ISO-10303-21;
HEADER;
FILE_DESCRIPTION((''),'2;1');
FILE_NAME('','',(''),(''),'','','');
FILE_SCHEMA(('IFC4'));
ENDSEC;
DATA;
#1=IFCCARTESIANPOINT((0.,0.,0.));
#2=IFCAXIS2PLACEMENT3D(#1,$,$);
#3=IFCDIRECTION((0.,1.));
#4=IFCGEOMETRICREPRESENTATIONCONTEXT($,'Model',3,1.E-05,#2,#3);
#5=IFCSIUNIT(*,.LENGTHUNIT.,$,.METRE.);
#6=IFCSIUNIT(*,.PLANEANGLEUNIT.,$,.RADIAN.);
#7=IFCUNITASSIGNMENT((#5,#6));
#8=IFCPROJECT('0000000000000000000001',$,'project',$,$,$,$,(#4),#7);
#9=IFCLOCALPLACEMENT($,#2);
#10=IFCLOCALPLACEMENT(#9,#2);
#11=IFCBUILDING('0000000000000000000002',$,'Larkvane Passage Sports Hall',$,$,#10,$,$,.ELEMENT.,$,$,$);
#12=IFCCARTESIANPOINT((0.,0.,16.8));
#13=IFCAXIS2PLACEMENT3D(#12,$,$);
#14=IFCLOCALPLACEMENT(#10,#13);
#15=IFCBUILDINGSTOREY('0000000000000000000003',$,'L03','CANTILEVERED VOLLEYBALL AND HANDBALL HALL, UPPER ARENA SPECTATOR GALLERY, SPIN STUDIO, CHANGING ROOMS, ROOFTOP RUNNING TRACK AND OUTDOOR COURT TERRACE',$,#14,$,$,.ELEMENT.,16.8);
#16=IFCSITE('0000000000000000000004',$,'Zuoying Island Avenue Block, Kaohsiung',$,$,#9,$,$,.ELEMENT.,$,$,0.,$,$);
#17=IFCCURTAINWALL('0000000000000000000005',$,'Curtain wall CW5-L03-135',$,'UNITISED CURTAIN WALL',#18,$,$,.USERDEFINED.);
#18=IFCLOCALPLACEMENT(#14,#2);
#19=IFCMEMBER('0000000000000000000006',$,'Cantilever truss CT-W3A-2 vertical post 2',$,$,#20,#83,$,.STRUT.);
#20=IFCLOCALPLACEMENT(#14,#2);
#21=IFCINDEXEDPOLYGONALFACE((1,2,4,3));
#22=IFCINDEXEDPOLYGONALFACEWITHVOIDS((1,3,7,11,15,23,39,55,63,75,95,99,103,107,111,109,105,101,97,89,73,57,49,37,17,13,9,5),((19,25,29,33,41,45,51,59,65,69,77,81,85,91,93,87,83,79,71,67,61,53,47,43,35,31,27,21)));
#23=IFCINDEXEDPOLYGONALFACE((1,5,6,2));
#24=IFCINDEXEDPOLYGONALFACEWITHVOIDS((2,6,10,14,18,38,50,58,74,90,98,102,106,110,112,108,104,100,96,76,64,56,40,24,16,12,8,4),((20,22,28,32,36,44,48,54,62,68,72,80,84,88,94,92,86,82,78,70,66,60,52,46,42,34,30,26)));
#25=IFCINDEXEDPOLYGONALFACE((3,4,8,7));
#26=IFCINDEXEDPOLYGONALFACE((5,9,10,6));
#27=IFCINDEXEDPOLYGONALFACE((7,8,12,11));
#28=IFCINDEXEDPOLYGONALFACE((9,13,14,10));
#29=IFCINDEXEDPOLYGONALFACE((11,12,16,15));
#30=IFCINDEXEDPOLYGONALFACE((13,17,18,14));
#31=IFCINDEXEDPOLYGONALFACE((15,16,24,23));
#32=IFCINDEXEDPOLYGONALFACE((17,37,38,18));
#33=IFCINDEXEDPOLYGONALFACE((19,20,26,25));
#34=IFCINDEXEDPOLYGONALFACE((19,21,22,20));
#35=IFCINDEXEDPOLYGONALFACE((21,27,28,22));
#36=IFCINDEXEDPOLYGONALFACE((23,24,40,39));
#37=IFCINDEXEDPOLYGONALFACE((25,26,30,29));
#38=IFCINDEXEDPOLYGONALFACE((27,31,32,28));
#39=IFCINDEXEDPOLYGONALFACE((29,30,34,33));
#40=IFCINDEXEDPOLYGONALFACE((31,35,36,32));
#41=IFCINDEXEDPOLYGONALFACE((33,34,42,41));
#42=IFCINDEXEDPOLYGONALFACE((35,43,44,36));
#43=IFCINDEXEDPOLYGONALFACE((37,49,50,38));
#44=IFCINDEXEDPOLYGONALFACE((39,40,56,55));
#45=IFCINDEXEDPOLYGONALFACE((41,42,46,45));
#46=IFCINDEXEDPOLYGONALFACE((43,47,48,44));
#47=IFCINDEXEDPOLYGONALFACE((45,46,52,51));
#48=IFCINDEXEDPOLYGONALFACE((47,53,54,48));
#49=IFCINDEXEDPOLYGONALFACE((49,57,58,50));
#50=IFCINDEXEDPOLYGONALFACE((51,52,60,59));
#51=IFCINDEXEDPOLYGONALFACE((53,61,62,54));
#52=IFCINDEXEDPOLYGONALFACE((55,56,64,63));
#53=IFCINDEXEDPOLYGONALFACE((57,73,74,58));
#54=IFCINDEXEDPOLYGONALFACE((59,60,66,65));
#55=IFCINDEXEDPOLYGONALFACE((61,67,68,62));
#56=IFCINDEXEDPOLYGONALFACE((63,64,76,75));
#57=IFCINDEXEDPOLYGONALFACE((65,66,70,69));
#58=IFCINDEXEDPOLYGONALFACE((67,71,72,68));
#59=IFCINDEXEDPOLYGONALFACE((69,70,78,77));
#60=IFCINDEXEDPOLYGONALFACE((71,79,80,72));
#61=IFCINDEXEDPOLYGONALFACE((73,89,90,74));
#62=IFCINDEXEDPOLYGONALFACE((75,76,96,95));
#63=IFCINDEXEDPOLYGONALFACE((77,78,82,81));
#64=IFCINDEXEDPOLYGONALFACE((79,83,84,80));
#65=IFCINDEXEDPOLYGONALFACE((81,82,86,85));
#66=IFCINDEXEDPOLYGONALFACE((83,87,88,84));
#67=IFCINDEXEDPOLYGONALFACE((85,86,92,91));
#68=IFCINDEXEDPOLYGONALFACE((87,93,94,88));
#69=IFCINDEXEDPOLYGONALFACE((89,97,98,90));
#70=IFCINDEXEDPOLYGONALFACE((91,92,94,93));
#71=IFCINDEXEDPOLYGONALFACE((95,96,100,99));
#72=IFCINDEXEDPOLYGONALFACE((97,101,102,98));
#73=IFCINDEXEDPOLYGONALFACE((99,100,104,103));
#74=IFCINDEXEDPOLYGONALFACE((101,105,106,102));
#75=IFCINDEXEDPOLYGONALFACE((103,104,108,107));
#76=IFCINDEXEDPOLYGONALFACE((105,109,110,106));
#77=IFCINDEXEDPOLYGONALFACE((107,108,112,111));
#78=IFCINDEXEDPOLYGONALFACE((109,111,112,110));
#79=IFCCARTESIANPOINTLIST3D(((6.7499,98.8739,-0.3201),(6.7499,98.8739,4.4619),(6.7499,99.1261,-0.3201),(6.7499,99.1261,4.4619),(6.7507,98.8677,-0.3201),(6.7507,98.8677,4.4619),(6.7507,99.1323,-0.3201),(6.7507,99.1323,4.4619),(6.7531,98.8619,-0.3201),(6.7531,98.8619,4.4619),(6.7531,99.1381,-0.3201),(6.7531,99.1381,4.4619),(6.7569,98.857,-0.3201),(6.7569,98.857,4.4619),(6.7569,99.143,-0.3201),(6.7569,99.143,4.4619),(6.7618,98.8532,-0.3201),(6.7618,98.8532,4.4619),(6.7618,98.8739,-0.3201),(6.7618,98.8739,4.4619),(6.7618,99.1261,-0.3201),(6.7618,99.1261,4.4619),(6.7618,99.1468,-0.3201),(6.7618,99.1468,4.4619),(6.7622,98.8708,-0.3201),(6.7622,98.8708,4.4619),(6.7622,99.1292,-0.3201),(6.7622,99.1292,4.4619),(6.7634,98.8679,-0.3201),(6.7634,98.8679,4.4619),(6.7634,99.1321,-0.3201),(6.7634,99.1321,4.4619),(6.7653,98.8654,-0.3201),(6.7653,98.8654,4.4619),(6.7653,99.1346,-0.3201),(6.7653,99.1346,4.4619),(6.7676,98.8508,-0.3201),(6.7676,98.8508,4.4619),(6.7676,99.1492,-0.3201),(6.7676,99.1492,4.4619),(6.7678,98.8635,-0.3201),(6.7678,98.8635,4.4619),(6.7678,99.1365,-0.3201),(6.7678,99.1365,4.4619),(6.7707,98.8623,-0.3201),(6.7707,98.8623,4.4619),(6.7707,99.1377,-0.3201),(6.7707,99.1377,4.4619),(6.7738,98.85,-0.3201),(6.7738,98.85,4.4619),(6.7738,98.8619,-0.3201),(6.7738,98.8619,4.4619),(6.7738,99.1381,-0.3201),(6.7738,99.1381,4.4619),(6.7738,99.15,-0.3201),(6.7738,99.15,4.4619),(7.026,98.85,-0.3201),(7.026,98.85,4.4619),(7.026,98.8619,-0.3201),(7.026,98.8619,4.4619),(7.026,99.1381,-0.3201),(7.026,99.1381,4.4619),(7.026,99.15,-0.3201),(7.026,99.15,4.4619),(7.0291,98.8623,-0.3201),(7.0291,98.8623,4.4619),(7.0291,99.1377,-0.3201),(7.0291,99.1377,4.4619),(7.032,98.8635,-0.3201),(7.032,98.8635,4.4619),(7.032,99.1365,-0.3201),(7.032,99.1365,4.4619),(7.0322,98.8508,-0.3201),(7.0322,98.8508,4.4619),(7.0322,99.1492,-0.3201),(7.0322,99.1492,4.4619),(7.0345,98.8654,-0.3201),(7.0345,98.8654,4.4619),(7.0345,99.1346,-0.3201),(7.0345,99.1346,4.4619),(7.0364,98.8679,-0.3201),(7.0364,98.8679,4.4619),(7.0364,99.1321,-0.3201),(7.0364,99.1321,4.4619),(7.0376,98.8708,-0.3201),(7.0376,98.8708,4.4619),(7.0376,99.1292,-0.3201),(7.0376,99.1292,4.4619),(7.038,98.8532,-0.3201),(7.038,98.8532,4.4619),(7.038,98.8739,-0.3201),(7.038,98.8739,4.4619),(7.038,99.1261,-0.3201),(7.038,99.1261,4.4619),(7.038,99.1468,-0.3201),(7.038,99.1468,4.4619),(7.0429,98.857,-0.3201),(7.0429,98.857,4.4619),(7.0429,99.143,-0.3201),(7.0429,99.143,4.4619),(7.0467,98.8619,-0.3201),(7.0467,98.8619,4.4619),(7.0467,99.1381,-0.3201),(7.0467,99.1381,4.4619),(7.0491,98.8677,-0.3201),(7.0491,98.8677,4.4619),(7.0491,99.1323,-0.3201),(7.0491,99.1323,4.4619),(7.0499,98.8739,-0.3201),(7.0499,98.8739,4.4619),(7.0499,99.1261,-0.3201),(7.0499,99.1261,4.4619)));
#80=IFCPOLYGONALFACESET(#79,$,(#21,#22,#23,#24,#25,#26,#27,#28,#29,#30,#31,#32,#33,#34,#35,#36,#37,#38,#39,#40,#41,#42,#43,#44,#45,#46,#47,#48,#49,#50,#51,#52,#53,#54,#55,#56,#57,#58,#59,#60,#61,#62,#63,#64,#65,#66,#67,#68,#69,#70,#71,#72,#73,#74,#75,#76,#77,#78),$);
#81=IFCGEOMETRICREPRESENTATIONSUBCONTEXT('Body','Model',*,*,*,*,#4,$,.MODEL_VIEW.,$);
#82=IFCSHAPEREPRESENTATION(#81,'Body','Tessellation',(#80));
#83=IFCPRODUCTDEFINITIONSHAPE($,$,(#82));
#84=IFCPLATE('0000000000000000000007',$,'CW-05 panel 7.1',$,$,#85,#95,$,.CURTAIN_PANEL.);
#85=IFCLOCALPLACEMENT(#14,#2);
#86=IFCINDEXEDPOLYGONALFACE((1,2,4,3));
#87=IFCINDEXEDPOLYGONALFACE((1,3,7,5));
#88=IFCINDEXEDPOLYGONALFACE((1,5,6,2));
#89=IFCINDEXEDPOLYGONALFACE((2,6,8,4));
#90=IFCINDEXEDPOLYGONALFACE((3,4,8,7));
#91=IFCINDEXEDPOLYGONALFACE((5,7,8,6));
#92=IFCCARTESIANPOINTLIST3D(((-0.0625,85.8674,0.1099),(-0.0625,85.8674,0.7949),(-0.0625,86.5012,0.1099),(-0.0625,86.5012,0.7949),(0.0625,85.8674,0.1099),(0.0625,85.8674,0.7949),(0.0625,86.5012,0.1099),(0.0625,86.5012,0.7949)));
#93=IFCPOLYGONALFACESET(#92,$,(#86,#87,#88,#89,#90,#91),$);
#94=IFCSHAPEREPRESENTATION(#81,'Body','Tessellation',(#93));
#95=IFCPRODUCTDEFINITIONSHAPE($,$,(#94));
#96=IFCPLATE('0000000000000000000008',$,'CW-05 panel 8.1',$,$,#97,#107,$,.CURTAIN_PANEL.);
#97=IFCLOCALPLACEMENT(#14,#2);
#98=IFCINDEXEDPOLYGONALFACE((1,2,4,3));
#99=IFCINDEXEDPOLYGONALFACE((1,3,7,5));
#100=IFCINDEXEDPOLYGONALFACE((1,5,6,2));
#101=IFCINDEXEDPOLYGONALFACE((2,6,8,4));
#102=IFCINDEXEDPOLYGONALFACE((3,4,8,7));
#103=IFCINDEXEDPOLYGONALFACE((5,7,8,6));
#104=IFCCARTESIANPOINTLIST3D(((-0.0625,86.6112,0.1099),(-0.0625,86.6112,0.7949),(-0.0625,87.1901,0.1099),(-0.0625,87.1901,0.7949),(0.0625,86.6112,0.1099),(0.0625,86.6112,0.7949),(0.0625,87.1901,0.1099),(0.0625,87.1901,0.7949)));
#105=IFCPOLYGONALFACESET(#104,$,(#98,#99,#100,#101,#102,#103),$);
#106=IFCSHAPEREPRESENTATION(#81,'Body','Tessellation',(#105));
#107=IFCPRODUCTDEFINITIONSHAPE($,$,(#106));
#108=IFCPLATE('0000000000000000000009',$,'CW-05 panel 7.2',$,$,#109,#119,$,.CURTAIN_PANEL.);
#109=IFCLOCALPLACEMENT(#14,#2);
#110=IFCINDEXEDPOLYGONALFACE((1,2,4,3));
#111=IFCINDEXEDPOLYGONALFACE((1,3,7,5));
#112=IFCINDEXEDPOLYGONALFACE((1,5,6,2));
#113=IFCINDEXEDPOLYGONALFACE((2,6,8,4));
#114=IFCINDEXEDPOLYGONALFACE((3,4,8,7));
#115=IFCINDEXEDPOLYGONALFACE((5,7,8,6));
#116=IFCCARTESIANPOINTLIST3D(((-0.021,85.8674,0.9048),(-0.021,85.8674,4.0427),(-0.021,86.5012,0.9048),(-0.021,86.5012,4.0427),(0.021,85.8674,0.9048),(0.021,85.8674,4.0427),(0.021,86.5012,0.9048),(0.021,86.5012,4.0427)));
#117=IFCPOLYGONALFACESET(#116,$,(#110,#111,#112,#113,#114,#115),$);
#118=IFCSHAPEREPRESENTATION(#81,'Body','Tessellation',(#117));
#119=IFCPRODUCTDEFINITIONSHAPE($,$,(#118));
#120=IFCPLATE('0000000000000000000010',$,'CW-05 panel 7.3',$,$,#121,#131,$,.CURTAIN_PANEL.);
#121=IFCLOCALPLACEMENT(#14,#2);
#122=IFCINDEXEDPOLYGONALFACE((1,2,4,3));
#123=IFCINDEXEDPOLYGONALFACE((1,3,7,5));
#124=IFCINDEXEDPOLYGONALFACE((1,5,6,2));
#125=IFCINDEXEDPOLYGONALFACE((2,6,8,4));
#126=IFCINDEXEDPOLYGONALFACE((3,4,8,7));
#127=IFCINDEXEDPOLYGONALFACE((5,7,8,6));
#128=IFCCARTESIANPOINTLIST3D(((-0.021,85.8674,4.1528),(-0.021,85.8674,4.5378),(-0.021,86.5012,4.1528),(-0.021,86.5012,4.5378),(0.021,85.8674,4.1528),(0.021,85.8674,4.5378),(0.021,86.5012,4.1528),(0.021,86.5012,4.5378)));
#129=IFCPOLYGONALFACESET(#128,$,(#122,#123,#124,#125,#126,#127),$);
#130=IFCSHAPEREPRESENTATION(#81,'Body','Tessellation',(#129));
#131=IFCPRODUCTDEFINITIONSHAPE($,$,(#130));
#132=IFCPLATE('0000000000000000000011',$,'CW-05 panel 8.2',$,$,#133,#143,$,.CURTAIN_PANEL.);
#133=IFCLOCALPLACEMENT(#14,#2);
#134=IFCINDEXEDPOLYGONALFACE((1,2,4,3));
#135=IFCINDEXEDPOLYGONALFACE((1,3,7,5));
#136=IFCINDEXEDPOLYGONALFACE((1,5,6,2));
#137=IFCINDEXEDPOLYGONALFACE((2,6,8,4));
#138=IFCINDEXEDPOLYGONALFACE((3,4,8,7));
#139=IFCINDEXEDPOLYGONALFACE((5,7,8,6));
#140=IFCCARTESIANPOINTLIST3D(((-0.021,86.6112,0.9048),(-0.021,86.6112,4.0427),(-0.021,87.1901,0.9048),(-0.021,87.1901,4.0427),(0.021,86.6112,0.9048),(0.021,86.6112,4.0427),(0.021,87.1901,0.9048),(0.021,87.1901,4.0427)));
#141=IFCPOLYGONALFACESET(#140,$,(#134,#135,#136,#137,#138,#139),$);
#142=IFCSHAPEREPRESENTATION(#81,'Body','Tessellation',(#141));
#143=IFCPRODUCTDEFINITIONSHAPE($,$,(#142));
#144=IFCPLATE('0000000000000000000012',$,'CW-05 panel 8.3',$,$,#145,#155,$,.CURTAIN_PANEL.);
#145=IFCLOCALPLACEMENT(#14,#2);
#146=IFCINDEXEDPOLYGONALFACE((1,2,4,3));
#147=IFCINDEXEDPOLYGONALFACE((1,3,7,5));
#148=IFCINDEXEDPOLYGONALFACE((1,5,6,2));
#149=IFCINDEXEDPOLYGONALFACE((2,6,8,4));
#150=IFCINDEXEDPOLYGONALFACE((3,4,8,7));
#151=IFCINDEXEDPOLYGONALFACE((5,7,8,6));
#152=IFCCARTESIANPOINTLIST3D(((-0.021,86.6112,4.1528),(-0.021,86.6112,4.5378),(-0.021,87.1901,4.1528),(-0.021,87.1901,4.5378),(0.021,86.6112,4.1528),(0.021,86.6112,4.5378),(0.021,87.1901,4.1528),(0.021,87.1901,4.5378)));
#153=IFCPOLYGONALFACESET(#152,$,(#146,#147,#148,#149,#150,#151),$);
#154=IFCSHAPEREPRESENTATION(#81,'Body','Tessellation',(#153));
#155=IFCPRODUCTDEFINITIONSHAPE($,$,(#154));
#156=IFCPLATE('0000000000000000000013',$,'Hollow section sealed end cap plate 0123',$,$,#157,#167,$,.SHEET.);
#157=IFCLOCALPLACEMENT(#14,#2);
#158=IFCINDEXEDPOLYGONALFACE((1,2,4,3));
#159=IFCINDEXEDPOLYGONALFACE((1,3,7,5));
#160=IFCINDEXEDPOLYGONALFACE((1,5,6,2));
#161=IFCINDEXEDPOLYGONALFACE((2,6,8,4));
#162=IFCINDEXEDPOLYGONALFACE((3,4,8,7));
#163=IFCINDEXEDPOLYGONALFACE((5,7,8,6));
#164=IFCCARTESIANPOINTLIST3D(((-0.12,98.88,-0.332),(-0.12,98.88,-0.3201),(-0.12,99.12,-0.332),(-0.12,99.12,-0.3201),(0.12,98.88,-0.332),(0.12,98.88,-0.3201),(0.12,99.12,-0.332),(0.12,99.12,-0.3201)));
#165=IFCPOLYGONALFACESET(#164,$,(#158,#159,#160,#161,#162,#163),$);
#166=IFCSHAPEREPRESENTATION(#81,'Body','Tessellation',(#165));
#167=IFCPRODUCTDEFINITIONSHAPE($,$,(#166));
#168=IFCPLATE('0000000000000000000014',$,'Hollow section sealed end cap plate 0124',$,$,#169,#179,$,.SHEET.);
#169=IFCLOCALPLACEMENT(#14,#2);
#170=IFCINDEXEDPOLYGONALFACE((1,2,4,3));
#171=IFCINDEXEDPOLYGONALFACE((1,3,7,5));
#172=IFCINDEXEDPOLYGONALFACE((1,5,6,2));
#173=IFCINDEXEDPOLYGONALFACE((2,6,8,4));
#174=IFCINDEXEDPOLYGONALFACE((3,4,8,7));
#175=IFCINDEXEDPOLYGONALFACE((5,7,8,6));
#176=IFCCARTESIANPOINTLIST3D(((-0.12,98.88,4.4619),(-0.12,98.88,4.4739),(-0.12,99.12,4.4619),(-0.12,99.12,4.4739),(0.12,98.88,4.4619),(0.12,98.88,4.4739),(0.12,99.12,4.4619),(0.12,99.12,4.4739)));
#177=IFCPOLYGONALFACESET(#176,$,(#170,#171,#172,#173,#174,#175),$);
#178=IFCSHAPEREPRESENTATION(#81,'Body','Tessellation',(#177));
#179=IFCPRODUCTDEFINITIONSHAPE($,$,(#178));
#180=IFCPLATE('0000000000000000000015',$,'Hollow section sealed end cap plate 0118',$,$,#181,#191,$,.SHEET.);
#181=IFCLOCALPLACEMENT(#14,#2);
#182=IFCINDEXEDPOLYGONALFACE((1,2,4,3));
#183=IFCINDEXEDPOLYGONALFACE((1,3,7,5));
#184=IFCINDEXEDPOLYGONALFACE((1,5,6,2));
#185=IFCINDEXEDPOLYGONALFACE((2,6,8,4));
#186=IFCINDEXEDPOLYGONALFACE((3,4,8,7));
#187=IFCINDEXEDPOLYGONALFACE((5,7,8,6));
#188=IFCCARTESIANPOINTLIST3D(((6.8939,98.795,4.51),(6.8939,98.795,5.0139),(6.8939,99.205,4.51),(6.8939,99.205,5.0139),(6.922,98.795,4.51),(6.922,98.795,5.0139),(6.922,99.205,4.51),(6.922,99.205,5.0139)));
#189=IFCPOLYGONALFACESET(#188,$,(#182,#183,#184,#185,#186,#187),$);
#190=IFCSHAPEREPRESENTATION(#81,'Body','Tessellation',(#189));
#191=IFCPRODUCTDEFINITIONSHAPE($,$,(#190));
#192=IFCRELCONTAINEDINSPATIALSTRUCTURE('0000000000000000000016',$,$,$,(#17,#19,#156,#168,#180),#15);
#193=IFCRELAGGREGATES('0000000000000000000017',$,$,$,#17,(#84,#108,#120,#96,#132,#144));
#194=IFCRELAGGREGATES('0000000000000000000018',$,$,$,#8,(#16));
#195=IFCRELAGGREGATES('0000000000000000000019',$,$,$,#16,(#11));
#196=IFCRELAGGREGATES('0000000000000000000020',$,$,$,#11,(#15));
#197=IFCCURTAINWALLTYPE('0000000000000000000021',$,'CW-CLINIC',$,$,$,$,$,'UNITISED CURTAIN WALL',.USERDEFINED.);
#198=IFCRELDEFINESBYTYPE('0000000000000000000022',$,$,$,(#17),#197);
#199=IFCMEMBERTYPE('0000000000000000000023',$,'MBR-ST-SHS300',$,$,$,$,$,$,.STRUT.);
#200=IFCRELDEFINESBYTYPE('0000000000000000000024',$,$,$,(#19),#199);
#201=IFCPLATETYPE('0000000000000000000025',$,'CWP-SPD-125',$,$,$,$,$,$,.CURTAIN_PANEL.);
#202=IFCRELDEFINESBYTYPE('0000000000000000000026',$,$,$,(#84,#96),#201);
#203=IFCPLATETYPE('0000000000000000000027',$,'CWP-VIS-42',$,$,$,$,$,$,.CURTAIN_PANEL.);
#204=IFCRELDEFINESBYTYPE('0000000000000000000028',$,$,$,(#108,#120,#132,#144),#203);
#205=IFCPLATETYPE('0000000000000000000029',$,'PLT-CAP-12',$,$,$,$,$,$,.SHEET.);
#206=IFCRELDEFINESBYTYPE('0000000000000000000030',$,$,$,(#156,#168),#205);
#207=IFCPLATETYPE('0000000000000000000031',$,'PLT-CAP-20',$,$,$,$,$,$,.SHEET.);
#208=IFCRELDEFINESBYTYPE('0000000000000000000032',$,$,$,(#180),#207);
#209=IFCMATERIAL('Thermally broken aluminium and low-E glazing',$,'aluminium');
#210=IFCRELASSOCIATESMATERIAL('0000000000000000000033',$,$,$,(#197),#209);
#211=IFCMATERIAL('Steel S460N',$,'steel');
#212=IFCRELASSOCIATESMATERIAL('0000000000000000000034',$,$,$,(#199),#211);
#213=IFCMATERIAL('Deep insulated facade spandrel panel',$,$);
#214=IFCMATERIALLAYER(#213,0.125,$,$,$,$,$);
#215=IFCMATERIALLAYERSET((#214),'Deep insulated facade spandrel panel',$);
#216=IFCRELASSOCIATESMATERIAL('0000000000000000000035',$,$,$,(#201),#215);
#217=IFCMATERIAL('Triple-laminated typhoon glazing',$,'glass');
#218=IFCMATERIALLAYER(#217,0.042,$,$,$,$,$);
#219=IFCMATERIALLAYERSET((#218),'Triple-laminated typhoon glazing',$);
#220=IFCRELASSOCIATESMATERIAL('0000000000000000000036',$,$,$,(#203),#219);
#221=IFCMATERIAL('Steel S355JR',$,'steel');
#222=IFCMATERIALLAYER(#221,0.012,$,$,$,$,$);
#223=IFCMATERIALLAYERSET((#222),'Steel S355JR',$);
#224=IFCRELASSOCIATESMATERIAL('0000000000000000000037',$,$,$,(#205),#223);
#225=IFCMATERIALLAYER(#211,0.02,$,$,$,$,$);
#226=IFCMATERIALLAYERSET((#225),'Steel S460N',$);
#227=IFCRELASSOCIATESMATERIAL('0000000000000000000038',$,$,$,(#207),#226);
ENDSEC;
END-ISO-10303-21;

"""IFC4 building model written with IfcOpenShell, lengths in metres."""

from ifc_helpers import new_model, si_unit, direction, frame, origin, origin_2d, place, context, subcontext, project, spatial, rectangle, hollow_rectangle, extrude, material, layer, layer_set, material_profile, profile_set, type_object, element, aggregate, save


model = new_model("IFC4")

# Units and contexts
model_context = context("Model", 3, precision=1e-05, world=origin(), true_north=direction((0.0, 1.0)))
body_context = subcontext(model_context, "Body", "Model", "MODEL_VIEW")
ifc_project = project(units=[si_unit("LENGTHUNIT", "METRE"), si_unit("PLANEANGLEUNIT", "RADIAN")], contexts=[model_context])

# Site, building, storey
site_placement = place(None, origin())
site = spatial("IfcSite", under=ifc_project, at=site_placement, Name="Zuoying Island Avenue Block, Kaohsiung", CompositionType="ELEMENT", RefElevation=0.0)
building_placement = place(site_placement, origin())
building = spatial("IfcBuilding", under=site, at=building_placement, Name="Larkvane Passage Sports Hall", CompositionType="ELEMENT")
storey_placement = place(building_placement, frame((0.0, 0.0, 16.8)))
storey = spatial("IfcBuildingStorey", under=building, at=storey_placement, Name="L03", Description="CANTILEVERED VOLLEYBALL AND HANDBALL HALL, UPPER ARENA SPECTATOR GALLERY, SPIN STUDIO, CHANGING ROOMS, ROOFTOP RUNNING TRACK AND OUTDOOR COURT TERRACE", CompositionType="ELEMENT", Elevation=16.8)

# Shared definitions
ifc_material_1 = material(Name="Steel S460N", Category="steel")

# Curtain wall
ifc_material_2 = material(Name="Thermally broken aluminium and low-E glazing", Category="aluminium")
curtain_wall_type = type_object("IfcCurtainWallType", Name="CW-CLINIC", ElementType="UNITISED CURTAIN WALL", PredefinedType="USERDEFINED", material=ifc_material_2)
curtain_wall_placement = place(storey_placement, origin())
curtain_wall = element("IfcCurtainWall", 1, at=curtain_wall_placement, inside=storey, type_object=curtain_wall_type, Name="Curtain wall CW5-L03-135", ObjectType="UNITISED CURTAIN WALL", PredefinedType="USERDEFINED")

# Shared definitions
ifc_material_3 = material(Name="Steel S355JR", Category="steel")

# Member
ifc_material_profile_1 = material_profile(ifc_material_1, hollow_rectangle(XDim=0.3, YDim=0.3, WallThickness=0.012, InnerFilletRadius=0.012, OuterFilletRadius=0.0239, at=origin_2d()), Name="SHS-300x300x12")
ifc_profile_set_1 = profile_set([ifc_material_profile_1], Name="Steel S460N")
member_type_1 = type_object("IfcMemberType", Name="MBR-ST-SHS300", PredefinedType="STRUT", material=ifc_profile_set_1)
member_1_placement = place(storey_placement, frame((6.8999, 99.0, -0.3201), z_axis=(0.0, 0.0, 1.0), x_axis=(1.0, 0.0, 0.0)))
element("IfcMember", 2, at=member_1_placement, inside=storey, type_object=member_type_1, Name="Cantilever truss CT-W3A-2 vertical post 2", PredefinedType="STRUT", context=body_context, shape_type="SweptSolid", body=[
    extrude(hollow_rectangle(XDim=0.3, YDim=0.3, WallThickness=0.012, InnerFilletRadius=0.012, OuterFilletRadius=0.0239, at=origin_2d()), origin(), (0.0, 0.0, 1.0), 4.782),
])

# Plates
ifc_material_4 = material(Name="Deep insulated facade spandrel panel")
ifc_layer_1 = layer(ifc_material_4, 0.125)
ifc_layer_set_1 = layer_set([ifc_layer_1], Name="Deep insulated facade spandrel panel")
plate_type_1 = type_object("IfcPlateType", Name="CWP-SPD-125", PredefinedType="CURTAIN_PANEL", material=ifc_layer_set_1)
plate_1_placement = place(storey_placement, frame((0.0, 86.1843, 0.1099), z_axis=(0.0, 0.0, 1.0), x_axis=(0.0, 1.0, 0.0)))
plate_1 = element("IfcPlate", 3, at=plate_1_placement, type_object=plate_type_1, Name="CW-05 panel 7.1", PredefinedType="CURTAIN_PANEL", context=body_context, shape_type="SweptSolid", body=[
    extrude(rectangle(XDim=0.6338, YDim=0.125, at=origin_2d()), origin(), (0.0, 0.0, 1.0), 0.6851),
])
plate_2_placement = place(storey_placement, frame((0.0, 86.9006, 0.1099), z_axis=(0.0, 0.0, 1.0), x_axis=(0.0, 1.0, 0.0)))
plate_2 = element("IfcPlate", 4, at=plate_2_placement, type_object=plate_type_1, Name="CW-05 panel 8.1", PredefinedType="CURTAIN_PANEL", context=body_context, shape_type="SweptSolid", body=[
    extrude(rectangle(XDim=0.5789, YDim=0.125, at=origin_2d()), origin(), (0.0, 0.0, 1.0), 0.6851),
])
ifc_material_5 = material(Name="Triple-laminated typhoon glazing", Category="glass")
ifc_layer_2 = layer(ifc_material_5, 0.042)
ifc_layer_set_2 = layer_set([ifc_layer_2], Name="Triple-laminated typhoon glazing")
plate_type_2 = type_object("IfcPlateType", Name="CWP-VIS-42", PredefinedType="CURTAIN_PANEL", material=ifc_layer_set_2)
plate_3_placement = place(storey_placement, frame((0.0, 86.1843, 0.9048), z_axis=(0.0, 0.0, 1.0), x_axis=(0.0, 1.0, 0.0)))
plate_3 = element("IfcPlate", 5, at=plate_3_placement, type_object=plate_type_2, Name="CW-05 panel 7.2", PredefinedType="CURTAIN_PANEL", context=body_context, shape_type="SweptSolid", body=[
    extrude(rectangle(XDim=0.6338, YDim=0.042, at=origin_2d()), origin(), (0.0, 0.0, 1.0), 3.1379),
])
plate_4_placement = place(storey_placement, frame((0.0, 86.1843, 4.1528), z_axis=(0.0, 0.0, 1.0), x_axis=(0.0, 1.0, 0.0)))
plate_4 = element("IfcPlate", 6, at=plate_4_placement, type_object=plate_type_2, Name="CW-05 panel 7.3", PredefinedType="CURTAIN_PANEL", context=body_context, shape_type="SweptSolid", body=[
    extrude(rectangle(XDim=0.6338, YDim=0.042, at=origin_2d()), origin(), (0.0, 0.0, 1.0), 0.385),
])
plate_5_placement = place(storey_placement, frame((0.0, 86.9006, 0.9048), z_axis=(0.0, 0.0, 1.0), x_axis=(0.0, 1.0, 0.0)))
plate_5 = element("IfcPlate", 7, at=plate_5_placement, type_object=plate_type_2, Name="CW-05 panel 8.2", PredefinedType="CURTAIN_PANEL", context=body_context, shape_type="SweptSolid", body=[
    extrude(rectangle(XDim=0.5789, YDim=0.042, at=origin_2d()), origin(), (0.0, 0.0, 1.0), 3.1379),
])
plate_6_placement = place(storey_placement, frame((0.0, 86.9006, 4.1528), z_axis=(0.0, 0.0, 1.0), x_axis=(0.0, 1.0, 0.0)))
plate_6 = element("IfcPlate", 8, at=plate_6_placement, type_object=plate_type_2, Name="CW-05 panel 8.3", PredefinedType="CURTAIN_PANEL", context=body_context, shape_type="SweptSolid", body=[
    extrude(rectangle(XDim=0.5789, YDim=0.042, at=origin_2d()), origin(), (0.0, 0.0, 1.0), 0.385),
])
aggregate(curtain_wall, [plate_1, plate_3, plate_4, plate_2, plate_5, plate_6])

# Plates
ifc_layer_3 = layer(ifc_material_3, 0.012)
ifc_layer_set_3 = layer_set([ifc_layer_3], Name="Steel S355JR")
plate_type_3 = type_object("IfcPlateType", Name="PLT-CAP-12", PredefinedType="SHEET", material=ifc_layer_set_3)
for number, where, z_axis, x_axis, name in (
    (9, (0.0, 99.0, -0.332), (0.0, 0.0, 1.0), (1.0, 0.0, 0.0), "Hollow section sealed end cap plate 0123"),
    (10, (0.0, 99.0, 4.4619), (0.0, 0.0, 1.0), (1.0, 0.0, 0.0), "Hollow section sealed end cap plate 0124"),
):
    element("IfcPlate", number, at=place(storey_placement, frame(where, z_axis=z_axis, x_axis=x_axis)), inside=storey, type_object=plate_type_3, Name=name, PredefinedType="SHEET", context=body_context, shape_type="SweptSolid", body=[
        extrude(rectangle(XDim=0.24, YDim=0.24, at=origin_2d()), origin(), (0.0, 0.0, 1.0), 0.012),
    ])
ifc_layer_4 = layer(ifc_material_1, 0.02)
ifc_layer_set_4 = layer_set([ifc_layer_4], Name="Steel S460N")
plate_type_4 = type_object("IfcPlateType", Name="PLT-CAP-20", PredefinedType="SHEET", material=ifc_layer_set_4)
plate_7_placement = place(storey_placement, frame((6.908, 99.0, 4.51), z_axis=(0.0, 0.0, 1.0), x_axis=(0.0, 1.0, 0.0)))
element("IfcPlate", 11, at=plate_7_placement, inside=storey, type_object=plate_type_4, Name="Hollow section sealed end cap plate 0118", PredefinedType="SHEET", context=body_context, shape_type="SweptSolid", body=[
    extrude(rectangle(XDim=0.4099, YDim=0.0281, at=origin_2d()), origin(), (0.0, 0.0, 1.0), 0.5039),
])

save(model, "model.ifc")
